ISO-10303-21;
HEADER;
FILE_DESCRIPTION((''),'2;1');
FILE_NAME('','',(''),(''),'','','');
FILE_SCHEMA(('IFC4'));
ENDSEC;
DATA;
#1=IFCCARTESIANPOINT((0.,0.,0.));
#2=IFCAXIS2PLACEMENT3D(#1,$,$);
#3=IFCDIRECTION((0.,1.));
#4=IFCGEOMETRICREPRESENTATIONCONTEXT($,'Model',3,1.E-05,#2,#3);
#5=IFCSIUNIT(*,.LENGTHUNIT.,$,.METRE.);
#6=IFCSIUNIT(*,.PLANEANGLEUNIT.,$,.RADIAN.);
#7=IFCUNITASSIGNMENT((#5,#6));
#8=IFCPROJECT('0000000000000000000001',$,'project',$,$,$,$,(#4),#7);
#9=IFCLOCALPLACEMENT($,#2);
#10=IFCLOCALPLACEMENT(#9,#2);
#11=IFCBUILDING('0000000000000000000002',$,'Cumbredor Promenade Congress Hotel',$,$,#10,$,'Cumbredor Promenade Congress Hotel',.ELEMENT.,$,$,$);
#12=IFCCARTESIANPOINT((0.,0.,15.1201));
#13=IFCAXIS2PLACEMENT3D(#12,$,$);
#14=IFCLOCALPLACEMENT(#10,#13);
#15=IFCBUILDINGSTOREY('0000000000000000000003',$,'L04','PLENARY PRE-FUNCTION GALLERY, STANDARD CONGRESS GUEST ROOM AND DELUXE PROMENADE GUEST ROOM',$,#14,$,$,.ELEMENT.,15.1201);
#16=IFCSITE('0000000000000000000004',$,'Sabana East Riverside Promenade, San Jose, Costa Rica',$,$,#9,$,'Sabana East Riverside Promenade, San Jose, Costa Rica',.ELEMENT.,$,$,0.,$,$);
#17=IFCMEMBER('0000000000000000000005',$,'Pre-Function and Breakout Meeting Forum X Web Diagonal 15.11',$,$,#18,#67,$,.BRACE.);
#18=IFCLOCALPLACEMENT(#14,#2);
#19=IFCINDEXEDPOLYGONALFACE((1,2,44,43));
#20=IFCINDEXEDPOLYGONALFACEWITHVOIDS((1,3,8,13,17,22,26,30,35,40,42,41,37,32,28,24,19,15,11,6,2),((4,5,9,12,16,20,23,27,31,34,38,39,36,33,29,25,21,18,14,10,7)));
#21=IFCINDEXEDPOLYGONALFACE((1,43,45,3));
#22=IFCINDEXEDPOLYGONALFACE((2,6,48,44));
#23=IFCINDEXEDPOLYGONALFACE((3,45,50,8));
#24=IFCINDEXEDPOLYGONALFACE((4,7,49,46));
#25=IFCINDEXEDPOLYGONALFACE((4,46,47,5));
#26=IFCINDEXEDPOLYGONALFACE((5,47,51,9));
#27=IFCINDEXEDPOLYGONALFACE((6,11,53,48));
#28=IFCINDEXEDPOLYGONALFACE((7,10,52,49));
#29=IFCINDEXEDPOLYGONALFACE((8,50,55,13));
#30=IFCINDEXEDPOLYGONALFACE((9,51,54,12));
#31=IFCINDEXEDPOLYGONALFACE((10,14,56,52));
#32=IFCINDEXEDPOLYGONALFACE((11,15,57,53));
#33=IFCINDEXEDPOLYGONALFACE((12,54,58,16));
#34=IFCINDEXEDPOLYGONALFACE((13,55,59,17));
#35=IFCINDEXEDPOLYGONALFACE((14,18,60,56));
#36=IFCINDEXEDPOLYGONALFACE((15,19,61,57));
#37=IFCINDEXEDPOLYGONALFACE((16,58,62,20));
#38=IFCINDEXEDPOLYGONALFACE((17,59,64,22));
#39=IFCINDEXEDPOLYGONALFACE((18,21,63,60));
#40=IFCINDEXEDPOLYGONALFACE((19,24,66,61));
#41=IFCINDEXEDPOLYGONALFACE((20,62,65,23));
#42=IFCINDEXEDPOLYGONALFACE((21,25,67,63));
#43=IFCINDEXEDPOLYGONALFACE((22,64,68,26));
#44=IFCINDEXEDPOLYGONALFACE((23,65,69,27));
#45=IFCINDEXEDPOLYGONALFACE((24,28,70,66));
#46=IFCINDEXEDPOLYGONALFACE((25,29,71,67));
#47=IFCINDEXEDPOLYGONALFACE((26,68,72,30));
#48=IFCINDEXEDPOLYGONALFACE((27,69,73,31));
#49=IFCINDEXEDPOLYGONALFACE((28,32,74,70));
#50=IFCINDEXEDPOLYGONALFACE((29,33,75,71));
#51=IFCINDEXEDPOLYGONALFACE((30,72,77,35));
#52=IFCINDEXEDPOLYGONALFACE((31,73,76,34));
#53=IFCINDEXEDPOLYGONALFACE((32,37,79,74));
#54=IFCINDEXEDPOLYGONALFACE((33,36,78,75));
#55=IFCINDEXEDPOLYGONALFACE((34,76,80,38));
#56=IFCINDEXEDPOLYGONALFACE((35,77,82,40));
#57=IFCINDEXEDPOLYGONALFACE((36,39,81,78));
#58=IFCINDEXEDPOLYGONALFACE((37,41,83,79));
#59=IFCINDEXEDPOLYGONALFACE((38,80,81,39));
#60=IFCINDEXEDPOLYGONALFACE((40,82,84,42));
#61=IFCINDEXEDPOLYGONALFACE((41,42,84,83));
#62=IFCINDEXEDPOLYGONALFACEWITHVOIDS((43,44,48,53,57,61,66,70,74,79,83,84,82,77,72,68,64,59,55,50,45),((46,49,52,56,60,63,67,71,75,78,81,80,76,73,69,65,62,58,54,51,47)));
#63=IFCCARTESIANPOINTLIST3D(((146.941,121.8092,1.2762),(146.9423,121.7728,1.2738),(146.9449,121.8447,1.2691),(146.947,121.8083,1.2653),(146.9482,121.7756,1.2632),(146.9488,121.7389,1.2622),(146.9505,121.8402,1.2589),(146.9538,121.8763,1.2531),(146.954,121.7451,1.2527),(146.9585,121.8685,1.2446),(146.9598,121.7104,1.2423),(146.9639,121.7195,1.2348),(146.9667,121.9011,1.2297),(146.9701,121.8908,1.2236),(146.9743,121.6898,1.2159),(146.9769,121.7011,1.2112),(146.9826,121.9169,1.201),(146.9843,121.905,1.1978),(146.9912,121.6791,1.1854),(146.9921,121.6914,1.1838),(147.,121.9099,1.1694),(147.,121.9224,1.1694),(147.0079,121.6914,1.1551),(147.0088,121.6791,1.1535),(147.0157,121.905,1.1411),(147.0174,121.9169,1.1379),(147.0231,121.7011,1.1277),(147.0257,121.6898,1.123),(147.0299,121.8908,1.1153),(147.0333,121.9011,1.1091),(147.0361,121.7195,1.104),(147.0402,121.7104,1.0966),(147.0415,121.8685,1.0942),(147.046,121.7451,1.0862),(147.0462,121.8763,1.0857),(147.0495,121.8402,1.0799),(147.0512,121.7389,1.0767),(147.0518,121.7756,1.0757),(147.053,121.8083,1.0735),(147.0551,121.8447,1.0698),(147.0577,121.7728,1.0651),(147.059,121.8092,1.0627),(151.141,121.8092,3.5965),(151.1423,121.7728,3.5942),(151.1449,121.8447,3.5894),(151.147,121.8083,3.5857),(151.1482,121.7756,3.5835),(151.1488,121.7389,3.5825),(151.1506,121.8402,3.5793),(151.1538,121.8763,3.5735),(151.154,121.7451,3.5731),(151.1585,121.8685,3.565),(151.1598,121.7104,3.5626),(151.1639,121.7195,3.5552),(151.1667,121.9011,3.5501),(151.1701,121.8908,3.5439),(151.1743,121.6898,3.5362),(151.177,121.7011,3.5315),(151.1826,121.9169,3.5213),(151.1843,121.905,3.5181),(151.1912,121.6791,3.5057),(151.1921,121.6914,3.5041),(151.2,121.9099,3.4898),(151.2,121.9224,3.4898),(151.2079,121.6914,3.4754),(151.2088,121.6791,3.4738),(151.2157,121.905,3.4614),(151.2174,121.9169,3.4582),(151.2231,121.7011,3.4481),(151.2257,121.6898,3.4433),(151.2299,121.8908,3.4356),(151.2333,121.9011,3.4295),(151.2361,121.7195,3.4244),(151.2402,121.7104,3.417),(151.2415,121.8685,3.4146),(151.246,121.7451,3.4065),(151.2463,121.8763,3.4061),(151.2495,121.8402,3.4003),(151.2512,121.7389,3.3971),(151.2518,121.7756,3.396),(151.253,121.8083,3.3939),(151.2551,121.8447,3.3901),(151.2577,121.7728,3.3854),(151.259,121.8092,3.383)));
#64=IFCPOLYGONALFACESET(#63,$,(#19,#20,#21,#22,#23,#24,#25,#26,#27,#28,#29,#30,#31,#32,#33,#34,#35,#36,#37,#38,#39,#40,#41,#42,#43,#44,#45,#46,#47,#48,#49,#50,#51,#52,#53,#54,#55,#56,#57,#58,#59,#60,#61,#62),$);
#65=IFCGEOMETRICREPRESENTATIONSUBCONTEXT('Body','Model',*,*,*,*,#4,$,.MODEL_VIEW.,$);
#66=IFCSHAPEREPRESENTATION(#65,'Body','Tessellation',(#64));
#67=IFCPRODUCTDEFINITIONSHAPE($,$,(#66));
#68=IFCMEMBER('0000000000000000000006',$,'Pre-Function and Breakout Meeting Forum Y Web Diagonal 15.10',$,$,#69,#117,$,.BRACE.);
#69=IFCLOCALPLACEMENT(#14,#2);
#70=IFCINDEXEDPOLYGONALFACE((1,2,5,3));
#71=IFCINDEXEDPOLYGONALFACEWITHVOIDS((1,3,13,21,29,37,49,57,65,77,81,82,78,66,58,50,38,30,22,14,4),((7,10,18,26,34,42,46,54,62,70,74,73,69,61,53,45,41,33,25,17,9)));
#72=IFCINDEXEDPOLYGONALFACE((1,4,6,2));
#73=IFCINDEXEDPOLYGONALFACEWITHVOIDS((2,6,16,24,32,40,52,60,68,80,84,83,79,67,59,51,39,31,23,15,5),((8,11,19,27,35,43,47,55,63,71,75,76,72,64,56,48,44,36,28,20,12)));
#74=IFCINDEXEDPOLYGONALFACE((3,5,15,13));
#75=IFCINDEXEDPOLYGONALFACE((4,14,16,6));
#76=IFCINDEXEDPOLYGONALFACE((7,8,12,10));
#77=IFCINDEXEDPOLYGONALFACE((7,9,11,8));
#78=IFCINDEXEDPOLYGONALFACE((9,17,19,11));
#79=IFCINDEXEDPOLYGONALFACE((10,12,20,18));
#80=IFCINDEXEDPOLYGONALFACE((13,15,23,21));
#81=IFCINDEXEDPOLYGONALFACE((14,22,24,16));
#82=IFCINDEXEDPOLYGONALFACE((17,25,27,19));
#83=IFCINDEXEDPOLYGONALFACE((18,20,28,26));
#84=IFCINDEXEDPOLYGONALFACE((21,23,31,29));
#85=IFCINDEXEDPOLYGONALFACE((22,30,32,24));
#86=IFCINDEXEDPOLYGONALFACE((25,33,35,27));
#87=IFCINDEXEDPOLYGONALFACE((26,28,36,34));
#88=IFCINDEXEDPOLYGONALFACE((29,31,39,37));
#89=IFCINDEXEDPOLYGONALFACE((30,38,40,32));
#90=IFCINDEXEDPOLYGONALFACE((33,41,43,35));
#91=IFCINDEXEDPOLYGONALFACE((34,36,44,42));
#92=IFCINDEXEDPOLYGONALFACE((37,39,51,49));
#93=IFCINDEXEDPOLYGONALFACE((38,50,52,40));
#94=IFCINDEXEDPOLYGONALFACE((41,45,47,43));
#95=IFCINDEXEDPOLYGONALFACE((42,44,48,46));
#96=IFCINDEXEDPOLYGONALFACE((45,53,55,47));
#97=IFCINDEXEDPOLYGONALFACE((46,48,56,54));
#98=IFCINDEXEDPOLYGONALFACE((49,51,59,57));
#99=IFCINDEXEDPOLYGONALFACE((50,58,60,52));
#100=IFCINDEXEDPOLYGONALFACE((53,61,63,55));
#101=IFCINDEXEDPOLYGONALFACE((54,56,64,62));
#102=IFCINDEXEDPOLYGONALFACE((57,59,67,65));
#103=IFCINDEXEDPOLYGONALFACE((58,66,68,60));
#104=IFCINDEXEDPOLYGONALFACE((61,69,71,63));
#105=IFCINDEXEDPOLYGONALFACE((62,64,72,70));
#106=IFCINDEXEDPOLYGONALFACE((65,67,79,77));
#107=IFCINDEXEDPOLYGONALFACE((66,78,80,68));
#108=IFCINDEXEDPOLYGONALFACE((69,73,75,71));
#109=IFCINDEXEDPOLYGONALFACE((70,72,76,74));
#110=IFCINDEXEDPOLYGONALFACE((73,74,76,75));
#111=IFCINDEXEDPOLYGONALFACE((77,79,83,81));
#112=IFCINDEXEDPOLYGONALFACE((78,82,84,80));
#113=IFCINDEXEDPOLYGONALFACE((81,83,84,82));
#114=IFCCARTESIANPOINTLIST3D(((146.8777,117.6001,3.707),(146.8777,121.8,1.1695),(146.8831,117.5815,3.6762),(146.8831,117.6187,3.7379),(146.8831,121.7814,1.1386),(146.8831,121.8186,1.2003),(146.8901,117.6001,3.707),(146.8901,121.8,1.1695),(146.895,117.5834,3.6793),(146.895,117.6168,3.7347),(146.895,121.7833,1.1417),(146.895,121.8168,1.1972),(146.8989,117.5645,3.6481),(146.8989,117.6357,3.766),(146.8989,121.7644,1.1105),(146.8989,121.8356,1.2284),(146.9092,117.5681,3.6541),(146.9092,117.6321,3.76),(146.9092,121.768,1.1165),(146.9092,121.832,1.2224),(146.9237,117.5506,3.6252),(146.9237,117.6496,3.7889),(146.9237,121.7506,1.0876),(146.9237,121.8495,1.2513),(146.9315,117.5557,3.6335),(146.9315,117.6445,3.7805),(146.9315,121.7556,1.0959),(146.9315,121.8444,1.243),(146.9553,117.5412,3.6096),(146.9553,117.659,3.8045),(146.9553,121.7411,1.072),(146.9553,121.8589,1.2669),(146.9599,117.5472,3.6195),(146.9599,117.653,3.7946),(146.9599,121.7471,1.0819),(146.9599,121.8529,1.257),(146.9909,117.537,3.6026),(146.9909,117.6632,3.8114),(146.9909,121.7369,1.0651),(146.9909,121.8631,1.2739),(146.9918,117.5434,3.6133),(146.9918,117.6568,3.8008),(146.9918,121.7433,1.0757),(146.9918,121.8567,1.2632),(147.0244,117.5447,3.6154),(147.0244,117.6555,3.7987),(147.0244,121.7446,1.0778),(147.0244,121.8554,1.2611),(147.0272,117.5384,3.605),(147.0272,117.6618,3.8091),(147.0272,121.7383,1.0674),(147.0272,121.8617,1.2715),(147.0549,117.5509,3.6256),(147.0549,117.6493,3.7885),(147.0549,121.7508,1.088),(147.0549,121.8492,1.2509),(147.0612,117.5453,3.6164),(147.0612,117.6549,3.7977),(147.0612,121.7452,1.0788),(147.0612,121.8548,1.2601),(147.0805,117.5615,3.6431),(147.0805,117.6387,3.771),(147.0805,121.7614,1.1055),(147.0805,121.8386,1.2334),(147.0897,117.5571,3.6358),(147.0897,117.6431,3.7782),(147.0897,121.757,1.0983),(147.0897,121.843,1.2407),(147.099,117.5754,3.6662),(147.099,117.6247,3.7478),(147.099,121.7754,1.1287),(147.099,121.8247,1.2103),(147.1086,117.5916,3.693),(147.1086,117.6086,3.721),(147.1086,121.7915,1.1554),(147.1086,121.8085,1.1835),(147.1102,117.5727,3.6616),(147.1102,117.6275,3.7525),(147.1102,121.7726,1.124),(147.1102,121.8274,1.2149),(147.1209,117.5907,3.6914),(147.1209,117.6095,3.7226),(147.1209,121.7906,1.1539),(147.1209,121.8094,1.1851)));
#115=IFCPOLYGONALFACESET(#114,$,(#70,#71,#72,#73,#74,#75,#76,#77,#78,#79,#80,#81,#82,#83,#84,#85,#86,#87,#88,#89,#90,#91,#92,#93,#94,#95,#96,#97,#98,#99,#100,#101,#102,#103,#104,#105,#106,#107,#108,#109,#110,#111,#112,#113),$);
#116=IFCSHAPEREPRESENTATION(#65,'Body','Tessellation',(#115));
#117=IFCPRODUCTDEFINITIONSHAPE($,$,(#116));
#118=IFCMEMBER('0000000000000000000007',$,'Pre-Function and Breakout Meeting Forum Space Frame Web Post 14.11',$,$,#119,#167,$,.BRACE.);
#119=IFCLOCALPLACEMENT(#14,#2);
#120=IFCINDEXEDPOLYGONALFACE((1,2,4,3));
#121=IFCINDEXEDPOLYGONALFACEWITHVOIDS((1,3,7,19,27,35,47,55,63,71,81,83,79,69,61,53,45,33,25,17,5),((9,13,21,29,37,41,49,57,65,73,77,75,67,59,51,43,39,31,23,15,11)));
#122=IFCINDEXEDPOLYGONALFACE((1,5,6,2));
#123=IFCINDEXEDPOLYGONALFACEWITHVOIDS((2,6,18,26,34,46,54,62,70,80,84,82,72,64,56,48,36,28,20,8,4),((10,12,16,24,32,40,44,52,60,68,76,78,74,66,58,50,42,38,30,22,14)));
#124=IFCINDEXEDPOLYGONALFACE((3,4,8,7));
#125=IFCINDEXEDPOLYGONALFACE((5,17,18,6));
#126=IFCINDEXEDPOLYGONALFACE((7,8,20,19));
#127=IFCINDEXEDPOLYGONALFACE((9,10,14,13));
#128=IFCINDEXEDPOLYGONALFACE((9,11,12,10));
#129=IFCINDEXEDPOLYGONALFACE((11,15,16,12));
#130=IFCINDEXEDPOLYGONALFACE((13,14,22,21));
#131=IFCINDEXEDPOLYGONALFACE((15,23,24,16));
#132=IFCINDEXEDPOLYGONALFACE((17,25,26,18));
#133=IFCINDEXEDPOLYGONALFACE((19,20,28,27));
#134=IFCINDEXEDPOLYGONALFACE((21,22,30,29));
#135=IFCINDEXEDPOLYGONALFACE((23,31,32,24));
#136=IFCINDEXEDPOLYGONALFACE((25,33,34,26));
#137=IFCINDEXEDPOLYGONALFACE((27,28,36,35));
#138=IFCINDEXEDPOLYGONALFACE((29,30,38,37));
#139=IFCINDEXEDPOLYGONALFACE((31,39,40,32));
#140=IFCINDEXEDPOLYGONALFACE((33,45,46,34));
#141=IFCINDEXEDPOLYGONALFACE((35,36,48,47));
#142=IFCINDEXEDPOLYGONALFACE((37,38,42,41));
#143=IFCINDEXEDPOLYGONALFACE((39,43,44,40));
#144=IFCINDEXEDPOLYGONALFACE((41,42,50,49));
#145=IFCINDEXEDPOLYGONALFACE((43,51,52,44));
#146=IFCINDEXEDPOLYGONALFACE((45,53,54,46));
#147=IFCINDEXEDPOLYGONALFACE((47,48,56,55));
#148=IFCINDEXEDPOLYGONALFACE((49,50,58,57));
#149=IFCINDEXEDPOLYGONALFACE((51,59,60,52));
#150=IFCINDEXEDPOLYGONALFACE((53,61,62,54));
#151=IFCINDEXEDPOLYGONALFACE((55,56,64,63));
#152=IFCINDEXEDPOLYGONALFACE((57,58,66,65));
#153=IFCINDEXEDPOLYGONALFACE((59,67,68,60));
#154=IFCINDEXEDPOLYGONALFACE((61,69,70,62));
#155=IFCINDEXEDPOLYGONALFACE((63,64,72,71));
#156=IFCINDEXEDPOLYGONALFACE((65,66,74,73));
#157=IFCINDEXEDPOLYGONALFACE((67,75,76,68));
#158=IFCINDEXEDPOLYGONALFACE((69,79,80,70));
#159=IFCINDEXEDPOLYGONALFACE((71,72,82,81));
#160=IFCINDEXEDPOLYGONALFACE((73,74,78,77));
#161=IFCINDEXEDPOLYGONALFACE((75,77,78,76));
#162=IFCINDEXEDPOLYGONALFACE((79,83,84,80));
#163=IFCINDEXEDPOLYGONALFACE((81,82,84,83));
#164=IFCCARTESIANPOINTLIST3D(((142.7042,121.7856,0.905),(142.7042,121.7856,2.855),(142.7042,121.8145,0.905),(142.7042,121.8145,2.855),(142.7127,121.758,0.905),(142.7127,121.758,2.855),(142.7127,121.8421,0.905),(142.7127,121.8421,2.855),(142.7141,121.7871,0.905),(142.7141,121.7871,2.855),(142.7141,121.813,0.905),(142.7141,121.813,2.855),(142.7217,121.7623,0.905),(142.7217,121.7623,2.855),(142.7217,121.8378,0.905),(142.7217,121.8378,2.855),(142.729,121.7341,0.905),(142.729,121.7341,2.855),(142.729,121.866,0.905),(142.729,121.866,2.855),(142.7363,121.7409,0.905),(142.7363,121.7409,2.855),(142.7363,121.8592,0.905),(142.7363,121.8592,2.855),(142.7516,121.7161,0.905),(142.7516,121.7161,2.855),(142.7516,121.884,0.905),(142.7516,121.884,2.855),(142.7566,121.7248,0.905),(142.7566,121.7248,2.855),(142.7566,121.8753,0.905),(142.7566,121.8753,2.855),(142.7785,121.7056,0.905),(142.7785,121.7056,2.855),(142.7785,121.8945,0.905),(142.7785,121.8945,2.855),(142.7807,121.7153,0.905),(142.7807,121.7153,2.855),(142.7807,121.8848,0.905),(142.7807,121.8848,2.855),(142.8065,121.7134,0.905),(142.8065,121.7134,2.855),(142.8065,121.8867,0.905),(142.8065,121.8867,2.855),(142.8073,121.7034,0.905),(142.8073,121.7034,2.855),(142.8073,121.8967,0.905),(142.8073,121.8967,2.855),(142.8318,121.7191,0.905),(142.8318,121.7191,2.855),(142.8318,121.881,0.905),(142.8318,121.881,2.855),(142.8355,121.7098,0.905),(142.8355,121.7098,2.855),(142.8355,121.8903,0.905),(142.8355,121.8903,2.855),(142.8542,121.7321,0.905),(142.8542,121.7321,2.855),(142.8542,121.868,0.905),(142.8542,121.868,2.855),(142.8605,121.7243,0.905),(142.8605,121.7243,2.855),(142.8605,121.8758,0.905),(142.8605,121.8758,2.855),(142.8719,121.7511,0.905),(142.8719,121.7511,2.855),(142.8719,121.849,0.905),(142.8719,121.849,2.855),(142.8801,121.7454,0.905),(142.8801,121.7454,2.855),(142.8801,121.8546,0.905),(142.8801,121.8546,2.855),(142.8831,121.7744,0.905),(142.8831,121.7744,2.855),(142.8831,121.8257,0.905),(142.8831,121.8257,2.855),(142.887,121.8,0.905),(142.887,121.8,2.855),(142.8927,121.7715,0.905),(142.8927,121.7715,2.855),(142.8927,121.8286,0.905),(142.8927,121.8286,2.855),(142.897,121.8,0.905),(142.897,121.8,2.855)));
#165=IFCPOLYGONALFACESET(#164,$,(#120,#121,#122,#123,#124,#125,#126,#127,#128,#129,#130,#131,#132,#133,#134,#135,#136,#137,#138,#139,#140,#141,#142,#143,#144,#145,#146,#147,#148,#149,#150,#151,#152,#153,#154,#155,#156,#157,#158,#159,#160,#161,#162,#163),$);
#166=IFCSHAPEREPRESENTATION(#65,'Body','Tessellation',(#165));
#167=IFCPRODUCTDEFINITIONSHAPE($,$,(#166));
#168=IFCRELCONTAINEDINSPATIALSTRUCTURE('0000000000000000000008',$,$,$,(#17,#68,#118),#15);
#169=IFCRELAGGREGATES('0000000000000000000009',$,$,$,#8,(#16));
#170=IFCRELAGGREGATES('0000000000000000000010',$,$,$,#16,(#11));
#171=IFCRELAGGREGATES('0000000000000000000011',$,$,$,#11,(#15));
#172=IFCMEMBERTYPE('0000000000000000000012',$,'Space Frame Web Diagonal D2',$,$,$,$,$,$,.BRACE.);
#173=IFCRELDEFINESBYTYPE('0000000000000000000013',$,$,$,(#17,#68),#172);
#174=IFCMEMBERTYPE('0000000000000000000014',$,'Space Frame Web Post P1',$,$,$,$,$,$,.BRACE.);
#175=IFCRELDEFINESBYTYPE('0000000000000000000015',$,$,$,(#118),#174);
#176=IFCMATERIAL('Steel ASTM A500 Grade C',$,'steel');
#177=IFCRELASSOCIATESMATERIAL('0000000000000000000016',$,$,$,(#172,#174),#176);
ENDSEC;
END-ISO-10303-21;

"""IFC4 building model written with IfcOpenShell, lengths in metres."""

from ifc_helpers import new_model, si_unit, direction, frame, origin, origin_2d, place, context, subcontext, project, spatial, hollow_circle, extrude, material, material_profile, profile_set, type_object, element, save


model = new_model("IFC4")

# Units and contexts
model_context = context("Model", 3, precision=1e-05, world=origin(), true_north=direction((0.0, 1.0)))
body_context = subcontext(model_context, "Body", "Model", "MODEL_VIEW")
ifc_project = project(units=[si_unit("LENGTHUNIT", "METRE"), si_unit("PLANEANGLEUNIT", "RADIAN")], contexts=[model_context])

# Site, building, storey
site_placement = place(None, origin())
site = spatial("IfcSite", under=ifc_project, at=site_placement, Name="Sabana East Riverside Promenade, San Jose, Costa Rica", LongName="Sabana East Riverside Promenade, San Jose, Costa Rica", CompositionType="ELEMENT", RefElevation=0.0)
building_placement = place(site_placement, origin())
building = spatial("IfcBuilding", under=site, at=building_placement, Name="Cumbredor Promenade Congress Hotel", LongName="Cumbredor Promenade Congress Hotel", CompositionType="ELEMENT")
storey_placement = place(building_placement, frame((0.0, 0.0, 15.1201)))
storey = spatial("IfcBuildingStorey", under=building, at=storey_placement, Name="L04", Description="PLENARY PRE-FUNCTION GALLERY, STANDARD CONGRESS GUEST ROOM AND DELUXE PROMENADE GUEST ROOM", CompositionType="ELEMENT", Elevation=15.1201)

# Members
ifc_material_1 = material(Name="Steel ASTM A500 Grade C", Category="steel")
ifc_material_profile_1 = material_profile(ifc_material_1, hollow_circle(Radius=0.1223, WallThickness=0.0125, at=origin_2d()), Name="CHS 244.5x12.5")
ifc_profile_set_1 = profile_set([ifc_material_profile_1], Name="Steel ASTM A500 Grade C")
member_type_1 = type_object("IfcMemberType", Name="Space Frame Web Diagonal D2", PredefinedType="BRACE", material=ifc_profile_set_1)
member_1_placement = place(storey_placement, frame((147.0, 121.8, 1.1694), z_axis=(0.875304, 0.0, 0.483572), x_axis=(0.0, 1.0, 0.0)))
element("IfcMember", 1, at=member_1_placement, inside=storey, type_object=member_type_1, Name="Pre-Function and Breakout Meeting Forum X Web Diagonal 15.11", PredefinedType="BRACE", context=body_context, shape_type="SweptSolid", body=[
    extrude(hollow_circle(Radius=0.1223, WallThickness=0.0125, at=origin_2d()), origin(), (0.0, 0.0, 1.0), 4.7983),
])
member_2_placement = place(storey_placement, frame((147.0, 117.6001, 3.707), z_axis=(0.0, 0.855904, -0.517135), x_axis=(-1.0, 0.0, 0.0)))
element("IfcMember", 2, at=member_2_placement, inside=storey, type_object=member_type_1, Name="Pre-Function and Breakout Meeting Forum Y Web Diagonal 15.10", PredefinedType="BRACE", context=body_context, shape_type="SweptSolid", body=[
    extrude(hollow_circle(Radius=0.1223, WallThickness=0.0125, at=origin_2d()), origin(), (0.0, 0.0, 1.0), 4.907),
])
ifc_material_profile_2 = material_profile(ifc_material_1, hollow_circle(Radius=0.0969, WallThickness=0.01, at=origin_2d()), Name="CHS 193.7x10")
ifc_profile_set_2 = profile_set([ifc_material_profile_2], Name="Steel ASTM A500 Grade C")
member_type_2 = type_object("IfcMemberType", Name="Space Frame Web Post P1", PredefinedType="BRACE", material=ifc_profile_set_2)
for number, where, z_axis, x_axis, name in (
    (3, (142.8, 121.8, 0.905), (0.0, 0.0, 1.0), (1.0, 0.0, 0.0), "Pre-Function and Breakout Meeting Forum Space Frame Web Post 14.11"),
):
    element("IfcMember", number, at=place(storey_placement, frame(where, z_axis=z_axis, x_axis=x_axis)), inside=storey, type_object=member_type_2, Name=name, PredefinedType="BRACE", context=body_context, shape_type="SweptSolid", body=[
        extrude(hollow_circle(Radius=0.0969, WallThickness=0.01, at=origin_2d()), origin(), (0.0, 0.0, 1.0), 1.95),
    ])

save(model, "model.ifc")
